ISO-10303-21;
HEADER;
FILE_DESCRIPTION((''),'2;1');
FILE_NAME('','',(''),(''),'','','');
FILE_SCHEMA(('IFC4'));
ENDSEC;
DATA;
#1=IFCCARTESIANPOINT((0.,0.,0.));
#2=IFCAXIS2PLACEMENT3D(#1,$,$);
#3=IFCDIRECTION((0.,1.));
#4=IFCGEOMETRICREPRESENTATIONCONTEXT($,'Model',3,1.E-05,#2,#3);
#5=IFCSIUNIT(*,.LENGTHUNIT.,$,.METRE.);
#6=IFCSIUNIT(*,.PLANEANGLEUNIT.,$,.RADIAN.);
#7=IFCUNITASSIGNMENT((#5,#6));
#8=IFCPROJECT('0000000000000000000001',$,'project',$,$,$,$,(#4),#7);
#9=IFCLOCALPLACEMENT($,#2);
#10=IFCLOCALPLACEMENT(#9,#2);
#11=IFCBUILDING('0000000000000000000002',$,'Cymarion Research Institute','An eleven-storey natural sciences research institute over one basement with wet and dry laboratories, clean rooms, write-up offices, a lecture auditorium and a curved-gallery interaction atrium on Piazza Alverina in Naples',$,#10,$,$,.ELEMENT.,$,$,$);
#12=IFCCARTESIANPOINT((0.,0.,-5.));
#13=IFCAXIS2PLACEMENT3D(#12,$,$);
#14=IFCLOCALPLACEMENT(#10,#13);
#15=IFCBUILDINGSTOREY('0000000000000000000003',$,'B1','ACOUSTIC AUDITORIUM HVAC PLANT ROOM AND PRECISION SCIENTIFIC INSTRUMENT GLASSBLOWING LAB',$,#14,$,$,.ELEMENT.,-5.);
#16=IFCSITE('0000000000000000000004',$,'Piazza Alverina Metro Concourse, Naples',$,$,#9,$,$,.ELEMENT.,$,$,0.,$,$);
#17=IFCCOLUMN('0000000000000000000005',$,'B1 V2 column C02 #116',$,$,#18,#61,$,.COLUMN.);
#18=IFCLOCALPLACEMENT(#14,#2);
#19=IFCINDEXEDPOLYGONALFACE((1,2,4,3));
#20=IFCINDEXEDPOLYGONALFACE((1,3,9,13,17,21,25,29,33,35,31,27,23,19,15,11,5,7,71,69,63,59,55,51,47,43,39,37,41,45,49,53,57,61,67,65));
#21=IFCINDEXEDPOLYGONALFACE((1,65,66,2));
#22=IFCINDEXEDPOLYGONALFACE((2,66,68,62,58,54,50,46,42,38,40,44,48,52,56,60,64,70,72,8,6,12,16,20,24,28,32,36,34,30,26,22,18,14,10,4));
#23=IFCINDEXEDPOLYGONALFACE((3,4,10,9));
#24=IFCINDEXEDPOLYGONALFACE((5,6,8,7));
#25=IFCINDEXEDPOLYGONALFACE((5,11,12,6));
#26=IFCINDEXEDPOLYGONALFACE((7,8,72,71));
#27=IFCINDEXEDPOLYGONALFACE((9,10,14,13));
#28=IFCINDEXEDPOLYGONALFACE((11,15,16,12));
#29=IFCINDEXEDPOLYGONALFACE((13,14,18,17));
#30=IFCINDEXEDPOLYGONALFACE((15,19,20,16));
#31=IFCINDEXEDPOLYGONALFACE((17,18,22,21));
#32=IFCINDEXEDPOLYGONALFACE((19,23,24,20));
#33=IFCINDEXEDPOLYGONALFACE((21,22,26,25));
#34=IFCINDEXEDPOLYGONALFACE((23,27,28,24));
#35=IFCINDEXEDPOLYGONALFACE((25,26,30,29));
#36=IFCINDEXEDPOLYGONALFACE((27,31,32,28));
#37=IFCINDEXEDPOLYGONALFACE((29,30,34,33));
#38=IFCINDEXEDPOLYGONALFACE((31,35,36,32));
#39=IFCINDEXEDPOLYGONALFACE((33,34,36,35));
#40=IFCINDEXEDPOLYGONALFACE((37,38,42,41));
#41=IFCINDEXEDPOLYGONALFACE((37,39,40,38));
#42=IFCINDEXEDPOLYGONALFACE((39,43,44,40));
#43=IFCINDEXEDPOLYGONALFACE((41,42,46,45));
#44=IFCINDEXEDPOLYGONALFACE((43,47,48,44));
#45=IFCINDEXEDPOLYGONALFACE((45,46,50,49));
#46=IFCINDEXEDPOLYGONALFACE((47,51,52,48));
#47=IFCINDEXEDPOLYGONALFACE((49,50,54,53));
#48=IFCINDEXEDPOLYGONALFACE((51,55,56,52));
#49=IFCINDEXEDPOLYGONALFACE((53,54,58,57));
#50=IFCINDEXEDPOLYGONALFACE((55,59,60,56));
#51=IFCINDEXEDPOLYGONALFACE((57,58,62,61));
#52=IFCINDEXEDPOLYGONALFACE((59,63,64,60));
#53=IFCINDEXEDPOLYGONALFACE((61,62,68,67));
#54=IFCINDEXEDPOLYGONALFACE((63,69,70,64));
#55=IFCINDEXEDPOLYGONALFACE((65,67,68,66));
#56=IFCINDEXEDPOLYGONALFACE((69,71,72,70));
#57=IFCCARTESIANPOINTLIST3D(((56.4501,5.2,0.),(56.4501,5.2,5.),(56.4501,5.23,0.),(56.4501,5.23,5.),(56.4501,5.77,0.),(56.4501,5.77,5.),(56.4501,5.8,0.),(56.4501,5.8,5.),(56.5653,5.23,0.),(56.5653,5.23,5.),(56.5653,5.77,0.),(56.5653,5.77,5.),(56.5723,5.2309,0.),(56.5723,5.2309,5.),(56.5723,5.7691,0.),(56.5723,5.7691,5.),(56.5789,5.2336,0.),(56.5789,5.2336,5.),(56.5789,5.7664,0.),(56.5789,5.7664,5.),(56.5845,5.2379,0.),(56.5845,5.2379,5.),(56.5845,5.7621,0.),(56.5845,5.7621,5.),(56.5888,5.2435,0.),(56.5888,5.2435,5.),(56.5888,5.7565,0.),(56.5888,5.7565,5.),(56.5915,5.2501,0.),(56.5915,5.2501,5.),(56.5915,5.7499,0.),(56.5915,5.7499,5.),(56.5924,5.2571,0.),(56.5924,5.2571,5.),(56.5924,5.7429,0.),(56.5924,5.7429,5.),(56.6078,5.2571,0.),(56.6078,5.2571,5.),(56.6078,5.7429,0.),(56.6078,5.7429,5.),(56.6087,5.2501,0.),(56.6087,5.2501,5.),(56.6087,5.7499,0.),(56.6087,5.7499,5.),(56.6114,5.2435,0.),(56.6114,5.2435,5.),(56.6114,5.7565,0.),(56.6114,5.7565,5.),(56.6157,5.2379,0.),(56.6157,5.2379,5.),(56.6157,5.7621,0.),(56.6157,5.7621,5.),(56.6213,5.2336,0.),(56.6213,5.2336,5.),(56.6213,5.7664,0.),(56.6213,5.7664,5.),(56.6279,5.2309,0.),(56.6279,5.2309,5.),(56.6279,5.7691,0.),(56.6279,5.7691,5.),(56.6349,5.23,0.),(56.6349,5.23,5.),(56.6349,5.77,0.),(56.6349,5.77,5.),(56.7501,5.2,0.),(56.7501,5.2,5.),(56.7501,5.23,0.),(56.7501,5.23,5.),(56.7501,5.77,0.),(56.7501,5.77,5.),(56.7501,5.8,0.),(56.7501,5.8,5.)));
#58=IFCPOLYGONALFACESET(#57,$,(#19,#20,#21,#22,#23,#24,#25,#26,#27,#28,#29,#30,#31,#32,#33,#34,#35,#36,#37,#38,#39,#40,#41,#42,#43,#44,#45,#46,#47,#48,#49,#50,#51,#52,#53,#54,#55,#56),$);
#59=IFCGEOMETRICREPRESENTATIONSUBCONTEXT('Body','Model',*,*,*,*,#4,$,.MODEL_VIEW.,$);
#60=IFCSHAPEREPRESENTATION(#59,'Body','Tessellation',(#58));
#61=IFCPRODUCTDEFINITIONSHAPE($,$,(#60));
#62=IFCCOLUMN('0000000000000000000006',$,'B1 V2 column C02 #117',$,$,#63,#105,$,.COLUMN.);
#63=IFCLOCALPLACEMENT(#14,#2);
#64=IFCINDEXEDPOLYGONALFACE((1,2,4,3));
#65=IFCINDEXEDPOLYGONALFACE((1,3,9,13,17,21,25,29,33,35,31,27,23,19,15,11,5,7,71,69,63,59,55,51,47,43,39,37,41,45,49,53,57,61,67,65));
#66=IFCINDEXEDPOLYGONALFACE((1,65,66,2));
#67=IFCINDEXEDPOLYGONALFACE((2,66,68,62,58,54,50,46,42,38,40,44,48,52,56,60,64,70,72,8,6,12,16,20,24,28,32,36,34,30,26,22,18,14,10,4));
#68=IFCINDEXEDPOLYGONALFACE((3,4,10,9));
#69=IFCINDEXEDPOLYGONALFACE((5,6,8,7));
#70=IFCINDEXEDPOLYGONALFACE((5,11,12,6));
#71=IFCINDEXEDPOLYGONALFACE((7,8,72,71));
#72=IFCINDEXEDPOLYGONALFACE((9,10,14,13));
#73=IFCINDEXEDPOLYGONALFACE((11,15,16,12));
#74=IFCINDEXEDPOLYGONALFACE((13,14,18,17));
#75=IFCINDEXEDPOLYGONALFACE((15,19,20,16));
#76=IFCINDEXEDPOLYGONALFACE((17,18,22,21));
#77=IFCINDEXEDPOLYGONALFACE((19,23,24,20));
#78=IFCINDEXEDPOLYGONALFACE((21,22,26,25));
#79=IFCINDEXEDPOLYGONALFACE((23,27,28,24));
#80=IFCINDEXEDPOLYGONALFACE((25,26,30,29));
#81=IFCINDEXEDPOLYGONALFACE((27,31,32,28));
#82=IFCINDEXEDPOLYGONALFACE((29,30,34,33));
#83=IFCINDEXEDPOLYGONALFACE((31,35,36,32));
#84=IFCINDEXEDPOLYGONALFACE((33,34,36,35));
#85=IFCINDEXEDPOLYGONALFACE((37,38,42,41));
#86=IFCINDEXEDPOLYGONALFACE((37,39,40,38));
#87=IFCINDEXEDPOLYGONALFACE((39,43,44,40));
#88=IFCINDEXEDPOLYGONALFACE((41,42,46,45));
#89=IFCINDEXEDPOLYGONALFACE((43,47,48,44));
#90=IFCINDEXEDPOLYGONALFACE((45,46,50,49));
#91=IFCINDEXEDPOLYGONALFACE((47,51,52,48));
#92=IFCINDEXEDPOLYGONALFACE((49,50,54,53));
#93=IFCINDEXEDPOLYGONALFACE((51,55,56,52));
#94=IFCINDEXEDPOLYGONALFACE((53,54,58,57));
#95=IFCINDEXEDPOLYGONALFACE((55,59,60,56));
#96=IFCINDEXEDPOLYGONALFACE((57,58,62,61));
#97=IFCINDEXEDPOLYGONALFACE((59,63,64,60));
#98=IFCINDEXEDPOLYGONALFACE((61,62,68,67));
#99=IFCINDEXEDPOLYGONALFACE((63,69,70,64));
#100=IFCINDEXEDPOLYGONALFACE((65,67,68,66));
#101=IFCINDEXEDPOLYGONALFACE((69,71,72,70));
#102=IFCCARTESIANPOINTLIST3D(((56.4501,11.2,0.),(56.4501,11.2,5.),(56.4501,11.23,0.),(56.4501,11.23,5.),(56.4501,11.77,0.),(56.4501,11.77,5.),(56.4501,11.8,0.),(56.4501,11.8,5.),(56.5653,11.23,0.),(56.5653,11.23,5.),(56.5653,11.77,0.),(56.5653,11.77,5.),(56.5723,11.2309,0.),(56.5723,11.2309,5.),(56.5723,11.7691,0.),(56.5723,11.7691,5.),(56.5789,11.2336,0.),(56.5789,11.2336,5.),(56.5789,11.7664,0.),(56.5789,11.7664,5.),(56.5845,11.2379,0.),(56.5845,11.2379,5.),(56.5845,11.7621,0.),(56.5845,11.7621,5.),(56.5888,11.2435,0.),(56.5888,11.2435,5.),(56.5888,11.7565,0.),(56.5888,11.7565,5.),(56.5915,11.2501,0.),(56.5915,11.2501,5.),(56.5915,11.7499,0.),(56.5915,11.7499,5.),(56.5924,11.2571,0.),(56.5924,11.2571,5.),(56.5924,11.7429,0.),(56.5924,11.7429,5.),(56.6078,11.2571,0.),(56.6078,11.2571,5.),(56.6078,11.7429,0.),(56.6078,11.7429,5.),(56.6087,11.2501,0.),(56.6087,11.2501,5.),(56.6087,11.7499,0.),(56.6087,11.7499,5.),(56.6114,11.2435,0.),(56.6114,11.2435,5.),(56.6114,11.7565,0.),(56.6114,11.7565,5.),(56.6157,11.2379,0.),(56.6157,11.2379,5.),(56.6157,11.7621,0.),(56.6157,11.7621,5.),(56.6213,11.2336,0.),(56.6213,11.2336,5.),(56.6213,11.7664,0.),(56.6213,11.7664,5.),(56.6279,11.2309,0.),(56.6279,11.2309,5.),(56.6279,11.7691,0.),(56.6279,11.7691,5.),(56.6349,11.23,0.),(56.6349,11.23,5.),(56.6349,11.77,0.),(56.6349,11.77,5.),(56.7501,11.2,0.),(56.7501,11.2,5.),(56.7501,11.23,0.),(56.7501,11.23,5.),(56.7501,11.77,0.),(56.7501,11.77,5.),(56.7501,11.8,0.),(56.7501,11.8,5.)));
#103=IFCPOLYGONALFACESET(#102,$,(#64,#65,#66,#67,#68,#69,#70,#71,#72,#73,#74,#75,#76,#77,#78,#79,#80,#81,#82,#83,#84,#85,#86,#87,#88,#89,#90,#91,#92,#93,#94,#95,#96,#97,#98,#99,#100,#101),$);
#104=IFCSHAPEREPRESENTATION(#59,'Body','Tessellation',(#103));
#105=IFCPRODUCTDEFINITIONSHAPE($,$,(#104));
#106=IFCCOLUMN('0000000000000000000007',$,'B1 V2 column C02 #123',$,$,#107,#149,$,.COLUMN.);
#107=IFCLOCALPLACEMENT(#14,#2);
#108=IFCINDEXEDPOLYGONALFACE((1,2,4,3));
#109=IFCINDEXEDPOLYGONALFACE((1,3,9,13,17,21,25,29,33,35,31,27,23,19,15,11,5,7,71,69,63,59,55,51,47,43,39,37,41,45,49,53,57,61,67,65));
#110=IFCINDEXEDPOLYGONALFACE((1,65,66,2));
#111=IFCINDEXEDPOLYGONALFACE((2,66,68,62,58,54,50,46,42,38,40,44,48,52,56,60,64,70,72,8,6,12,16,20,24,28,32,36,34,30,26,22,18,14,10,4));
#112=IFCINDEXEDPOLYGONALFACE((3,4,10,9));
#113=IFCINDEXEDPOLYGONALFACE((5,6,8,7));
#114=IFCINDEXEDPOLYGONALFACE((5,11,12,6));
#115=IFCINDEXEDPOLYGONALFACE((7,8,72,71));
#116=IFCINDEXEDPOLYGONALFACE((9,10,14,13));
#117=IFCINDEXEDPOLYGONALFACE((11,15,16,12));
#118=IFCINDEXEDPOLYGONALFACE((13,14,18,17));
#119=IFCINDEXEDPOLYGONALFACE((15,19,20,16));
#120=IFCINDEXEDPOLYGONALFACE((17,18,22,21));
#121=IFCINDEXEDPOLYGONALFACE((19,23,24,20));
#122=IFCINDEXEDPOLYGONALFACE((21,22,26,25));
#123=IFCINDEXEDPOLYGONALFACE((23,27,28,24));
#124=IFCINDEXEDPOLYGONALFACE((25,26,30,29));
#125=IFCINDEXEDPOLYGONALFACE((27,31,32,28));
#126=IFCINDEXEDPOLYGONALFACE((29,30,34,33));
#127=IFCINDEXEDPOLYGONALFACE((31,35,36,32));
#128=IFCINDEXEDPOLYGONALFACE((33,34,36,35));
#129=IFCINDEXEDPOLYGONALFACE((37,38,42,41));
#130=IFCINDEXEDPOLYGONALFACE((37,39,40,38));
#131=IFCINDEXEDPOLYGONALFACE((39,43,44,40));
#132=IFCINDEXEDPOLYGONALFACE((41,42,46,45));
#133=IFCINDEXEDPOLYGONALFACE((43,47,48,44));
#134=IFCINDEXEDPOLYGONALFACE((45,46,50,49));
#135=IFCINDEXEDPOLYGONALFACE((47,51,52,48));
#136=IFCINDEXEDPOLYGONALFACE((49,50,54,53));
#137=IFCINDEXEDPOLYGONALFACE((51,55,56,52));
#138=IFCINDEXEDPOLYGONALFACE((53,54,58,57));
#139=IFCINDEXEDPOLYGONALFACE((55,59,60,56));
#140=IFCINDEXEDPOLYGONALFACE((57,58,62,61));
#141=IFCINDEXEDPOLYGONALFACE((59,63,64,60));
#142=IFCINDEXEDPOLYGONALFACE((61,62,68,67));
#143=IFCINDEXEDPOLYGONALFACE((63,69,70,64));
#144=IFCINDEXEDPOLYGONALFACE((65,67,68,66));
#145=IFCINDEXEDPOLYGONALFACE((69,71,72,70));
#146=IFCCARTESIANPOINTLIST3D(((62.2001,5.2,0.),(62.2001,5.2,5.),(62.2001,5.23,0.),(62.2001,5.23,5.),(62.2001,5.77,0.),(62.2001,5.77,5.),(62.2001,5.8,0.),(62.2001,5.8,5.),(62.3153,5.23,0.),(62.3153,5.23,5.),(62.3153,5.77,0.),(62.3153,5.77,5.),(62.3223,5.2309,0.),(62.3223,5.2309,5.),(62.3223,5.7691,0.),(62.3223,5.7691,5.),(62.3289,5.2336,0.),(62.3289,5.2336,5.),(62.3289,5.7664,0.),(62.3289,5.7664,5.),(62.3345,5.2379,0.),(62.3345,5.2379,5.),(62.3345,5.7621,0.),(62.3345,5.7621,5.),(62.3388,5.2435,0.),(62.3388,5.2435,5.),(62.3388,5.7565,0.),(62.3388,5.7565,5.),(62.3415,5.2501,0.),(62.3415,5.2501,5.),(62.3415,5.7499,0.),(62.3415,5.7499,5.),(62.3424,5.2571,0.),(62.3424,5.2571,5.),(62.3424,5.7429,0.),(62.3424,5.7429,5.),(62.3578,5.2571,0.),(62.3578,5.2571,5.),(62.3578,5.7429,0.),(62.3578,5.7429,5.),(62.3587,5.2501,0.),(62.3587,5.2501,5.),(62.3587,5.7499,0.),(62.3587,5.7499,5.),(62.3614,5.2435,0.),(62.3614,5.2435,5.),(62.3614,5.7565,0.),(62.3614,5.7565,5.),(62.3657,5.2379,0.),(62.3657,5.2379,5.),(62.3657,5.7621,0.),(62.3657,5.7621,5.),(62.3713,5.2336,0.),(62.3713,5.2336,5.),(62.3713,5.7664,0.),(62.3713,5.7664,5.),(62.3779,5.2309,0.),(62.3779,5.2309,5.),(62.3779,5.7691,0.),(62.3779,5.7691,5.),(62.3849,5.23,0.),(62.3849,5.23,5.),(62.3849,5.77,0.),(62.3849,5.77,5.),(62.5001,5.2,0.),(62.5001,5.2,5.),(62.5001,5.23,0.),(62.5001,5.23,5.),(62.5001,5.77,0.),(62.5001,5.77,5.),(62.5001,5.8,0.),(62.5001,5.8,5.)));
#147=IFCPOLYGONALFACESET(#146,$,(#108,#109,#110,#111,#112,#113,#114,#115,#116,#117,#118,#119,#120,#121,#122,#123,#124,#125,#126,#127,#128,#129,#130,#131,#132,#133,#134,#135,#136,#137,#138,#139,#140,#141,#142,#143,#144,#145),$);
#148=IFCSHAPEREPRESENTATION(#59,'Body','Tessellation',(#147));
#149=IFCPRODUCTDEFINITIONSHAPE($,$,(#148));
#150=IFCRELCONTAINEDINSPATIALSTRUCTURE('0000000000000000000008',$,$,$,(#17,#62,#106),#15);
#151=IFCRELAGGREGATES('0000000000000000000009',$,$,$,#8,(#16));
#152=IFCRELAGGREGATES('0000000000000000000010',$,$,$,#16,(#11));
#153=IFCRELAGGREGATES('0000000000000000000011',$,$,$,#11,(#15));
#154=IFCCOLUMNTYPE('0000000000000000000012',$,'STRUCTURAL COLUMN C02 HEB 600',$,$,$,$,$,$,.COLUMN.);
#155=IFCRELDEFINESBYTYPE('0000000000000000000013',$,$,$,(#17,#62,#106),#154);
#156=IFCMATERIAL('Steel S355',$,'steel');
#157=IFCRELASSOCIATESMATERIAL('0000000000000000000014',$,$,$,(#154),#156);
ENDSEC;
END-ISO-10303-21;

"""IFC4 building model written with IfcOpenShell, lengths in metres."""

from ifc_helpers import new_model, si_unit, direction, frame, origin, origin_2d, place, context, subcontext, project, spatial, i_section, extrude, material, material_profile, profile_set, type_object, element, save


model = new_model("IFC4")

# Units and contexts
model_context = context("Model", 3, precision=1e-05, world=origin(), true_north=direction((0.0, 1.0)))
body_context = subcontext(model_context, "Body", "Model", "MODEL_VIEW")
ifc_project = project(units=[si_unit("LENGTHUNIT", "METRE"), si_unit("PLANEANGLEUNIT", "RADIAN")], contexts=[model_context])

# Site, building, storey
site_placement = place(None, origin())
site = spatial("IfcSite", under=ifc_project, at=site_placement, Name="Piazza Alverina Metro Concourse, Naples", CompositionType="ELEMENT", RefElevation=0.0)
building_placement = place(site_placement, origin())
building = spatial("IfcBuilding", under=site, at=building_placement, Name="Cymarion Research Institute", Description="An eleven-storey natural sciences research institute over one basement with wet and dry laboratories, clean rooms, write-up offices, a lecture auditorium and a curved-gallery interaction atrium on Piazza Alverina in Naples", CompositionType="ELEMENT")
storey_placement = place(building_placement, frame((0.0, 0.0, -5.0)))
storey = spatial("IfcBuildingStorey", under=building, at=storey_placement, Name="B1", Description="ACOUSTIC AUDITORIUM HVAC PLANT ROOM AND PRECISION SCIENTIFIC INSTRUMENT GLASSBLOWING LAB", CompositionType="ELEMENT", Elevation=-5.0)

# Columns
ifc_material_1 = material(Name="Steel S355", Category="steel")
ifc_material_profile_1 = material_profile(ifc_material_1, i_section(OverallWidth=0.3, OverallDepth=0.6001, WebThickness=0.0154, FlangeThickness=0.03, FilletRadius=0.0271, at=origin_2d()), Name="HEB 600")
ifc_profile_set_1 = profile_set([ifc_material_profile_1], Name="Steel S355")
column_type_1 = type_object("IfcColumnType", Name="STRUCTURAL COLUMN C02 HEB 600", PredefinedType="COLUMN", material=ifc_profile_set_1)
for number, where, z_axis, x_axis, name in (
    (1, (56.6001, 5.5, 0.0), (0.0, 0.0, 1.0), (1.0, 0.0, 0.0), "B1 V2 column C02 #116"),
    (2, (56.6001, 11.5, 0.0), (0.0, 0.0, 1.0), (1.0, 0.0, 0.0), "B1 V2 column C02 #117"),
    (3, (62.3501, 5.5, 0.0), (0.0, 0.0, 1.0), (1.0, 0.0, 0.0), "B1 V2 column C02 #123"),
):
    element("IfcColumn", number, at=place(storey_placement, frame(where, z_axis=z_axis, x_axis=x_axis)), inside=storey, type_object=column_type_1, Name=name, PredefinedType="COLUMN", context=body_context, shape_type="SweptSolid", body=[
        extrude(i_section(OverallWidth=0.3, OverallDepth=0.6001, WebThickness=0.0154, FlangeThickness=0.03, FilletRadius=0.0271, at=origin_2d()), origin(), (0.0, 0.0, 1.0), 5.0),
    ])

save(model, "model.ifc")
